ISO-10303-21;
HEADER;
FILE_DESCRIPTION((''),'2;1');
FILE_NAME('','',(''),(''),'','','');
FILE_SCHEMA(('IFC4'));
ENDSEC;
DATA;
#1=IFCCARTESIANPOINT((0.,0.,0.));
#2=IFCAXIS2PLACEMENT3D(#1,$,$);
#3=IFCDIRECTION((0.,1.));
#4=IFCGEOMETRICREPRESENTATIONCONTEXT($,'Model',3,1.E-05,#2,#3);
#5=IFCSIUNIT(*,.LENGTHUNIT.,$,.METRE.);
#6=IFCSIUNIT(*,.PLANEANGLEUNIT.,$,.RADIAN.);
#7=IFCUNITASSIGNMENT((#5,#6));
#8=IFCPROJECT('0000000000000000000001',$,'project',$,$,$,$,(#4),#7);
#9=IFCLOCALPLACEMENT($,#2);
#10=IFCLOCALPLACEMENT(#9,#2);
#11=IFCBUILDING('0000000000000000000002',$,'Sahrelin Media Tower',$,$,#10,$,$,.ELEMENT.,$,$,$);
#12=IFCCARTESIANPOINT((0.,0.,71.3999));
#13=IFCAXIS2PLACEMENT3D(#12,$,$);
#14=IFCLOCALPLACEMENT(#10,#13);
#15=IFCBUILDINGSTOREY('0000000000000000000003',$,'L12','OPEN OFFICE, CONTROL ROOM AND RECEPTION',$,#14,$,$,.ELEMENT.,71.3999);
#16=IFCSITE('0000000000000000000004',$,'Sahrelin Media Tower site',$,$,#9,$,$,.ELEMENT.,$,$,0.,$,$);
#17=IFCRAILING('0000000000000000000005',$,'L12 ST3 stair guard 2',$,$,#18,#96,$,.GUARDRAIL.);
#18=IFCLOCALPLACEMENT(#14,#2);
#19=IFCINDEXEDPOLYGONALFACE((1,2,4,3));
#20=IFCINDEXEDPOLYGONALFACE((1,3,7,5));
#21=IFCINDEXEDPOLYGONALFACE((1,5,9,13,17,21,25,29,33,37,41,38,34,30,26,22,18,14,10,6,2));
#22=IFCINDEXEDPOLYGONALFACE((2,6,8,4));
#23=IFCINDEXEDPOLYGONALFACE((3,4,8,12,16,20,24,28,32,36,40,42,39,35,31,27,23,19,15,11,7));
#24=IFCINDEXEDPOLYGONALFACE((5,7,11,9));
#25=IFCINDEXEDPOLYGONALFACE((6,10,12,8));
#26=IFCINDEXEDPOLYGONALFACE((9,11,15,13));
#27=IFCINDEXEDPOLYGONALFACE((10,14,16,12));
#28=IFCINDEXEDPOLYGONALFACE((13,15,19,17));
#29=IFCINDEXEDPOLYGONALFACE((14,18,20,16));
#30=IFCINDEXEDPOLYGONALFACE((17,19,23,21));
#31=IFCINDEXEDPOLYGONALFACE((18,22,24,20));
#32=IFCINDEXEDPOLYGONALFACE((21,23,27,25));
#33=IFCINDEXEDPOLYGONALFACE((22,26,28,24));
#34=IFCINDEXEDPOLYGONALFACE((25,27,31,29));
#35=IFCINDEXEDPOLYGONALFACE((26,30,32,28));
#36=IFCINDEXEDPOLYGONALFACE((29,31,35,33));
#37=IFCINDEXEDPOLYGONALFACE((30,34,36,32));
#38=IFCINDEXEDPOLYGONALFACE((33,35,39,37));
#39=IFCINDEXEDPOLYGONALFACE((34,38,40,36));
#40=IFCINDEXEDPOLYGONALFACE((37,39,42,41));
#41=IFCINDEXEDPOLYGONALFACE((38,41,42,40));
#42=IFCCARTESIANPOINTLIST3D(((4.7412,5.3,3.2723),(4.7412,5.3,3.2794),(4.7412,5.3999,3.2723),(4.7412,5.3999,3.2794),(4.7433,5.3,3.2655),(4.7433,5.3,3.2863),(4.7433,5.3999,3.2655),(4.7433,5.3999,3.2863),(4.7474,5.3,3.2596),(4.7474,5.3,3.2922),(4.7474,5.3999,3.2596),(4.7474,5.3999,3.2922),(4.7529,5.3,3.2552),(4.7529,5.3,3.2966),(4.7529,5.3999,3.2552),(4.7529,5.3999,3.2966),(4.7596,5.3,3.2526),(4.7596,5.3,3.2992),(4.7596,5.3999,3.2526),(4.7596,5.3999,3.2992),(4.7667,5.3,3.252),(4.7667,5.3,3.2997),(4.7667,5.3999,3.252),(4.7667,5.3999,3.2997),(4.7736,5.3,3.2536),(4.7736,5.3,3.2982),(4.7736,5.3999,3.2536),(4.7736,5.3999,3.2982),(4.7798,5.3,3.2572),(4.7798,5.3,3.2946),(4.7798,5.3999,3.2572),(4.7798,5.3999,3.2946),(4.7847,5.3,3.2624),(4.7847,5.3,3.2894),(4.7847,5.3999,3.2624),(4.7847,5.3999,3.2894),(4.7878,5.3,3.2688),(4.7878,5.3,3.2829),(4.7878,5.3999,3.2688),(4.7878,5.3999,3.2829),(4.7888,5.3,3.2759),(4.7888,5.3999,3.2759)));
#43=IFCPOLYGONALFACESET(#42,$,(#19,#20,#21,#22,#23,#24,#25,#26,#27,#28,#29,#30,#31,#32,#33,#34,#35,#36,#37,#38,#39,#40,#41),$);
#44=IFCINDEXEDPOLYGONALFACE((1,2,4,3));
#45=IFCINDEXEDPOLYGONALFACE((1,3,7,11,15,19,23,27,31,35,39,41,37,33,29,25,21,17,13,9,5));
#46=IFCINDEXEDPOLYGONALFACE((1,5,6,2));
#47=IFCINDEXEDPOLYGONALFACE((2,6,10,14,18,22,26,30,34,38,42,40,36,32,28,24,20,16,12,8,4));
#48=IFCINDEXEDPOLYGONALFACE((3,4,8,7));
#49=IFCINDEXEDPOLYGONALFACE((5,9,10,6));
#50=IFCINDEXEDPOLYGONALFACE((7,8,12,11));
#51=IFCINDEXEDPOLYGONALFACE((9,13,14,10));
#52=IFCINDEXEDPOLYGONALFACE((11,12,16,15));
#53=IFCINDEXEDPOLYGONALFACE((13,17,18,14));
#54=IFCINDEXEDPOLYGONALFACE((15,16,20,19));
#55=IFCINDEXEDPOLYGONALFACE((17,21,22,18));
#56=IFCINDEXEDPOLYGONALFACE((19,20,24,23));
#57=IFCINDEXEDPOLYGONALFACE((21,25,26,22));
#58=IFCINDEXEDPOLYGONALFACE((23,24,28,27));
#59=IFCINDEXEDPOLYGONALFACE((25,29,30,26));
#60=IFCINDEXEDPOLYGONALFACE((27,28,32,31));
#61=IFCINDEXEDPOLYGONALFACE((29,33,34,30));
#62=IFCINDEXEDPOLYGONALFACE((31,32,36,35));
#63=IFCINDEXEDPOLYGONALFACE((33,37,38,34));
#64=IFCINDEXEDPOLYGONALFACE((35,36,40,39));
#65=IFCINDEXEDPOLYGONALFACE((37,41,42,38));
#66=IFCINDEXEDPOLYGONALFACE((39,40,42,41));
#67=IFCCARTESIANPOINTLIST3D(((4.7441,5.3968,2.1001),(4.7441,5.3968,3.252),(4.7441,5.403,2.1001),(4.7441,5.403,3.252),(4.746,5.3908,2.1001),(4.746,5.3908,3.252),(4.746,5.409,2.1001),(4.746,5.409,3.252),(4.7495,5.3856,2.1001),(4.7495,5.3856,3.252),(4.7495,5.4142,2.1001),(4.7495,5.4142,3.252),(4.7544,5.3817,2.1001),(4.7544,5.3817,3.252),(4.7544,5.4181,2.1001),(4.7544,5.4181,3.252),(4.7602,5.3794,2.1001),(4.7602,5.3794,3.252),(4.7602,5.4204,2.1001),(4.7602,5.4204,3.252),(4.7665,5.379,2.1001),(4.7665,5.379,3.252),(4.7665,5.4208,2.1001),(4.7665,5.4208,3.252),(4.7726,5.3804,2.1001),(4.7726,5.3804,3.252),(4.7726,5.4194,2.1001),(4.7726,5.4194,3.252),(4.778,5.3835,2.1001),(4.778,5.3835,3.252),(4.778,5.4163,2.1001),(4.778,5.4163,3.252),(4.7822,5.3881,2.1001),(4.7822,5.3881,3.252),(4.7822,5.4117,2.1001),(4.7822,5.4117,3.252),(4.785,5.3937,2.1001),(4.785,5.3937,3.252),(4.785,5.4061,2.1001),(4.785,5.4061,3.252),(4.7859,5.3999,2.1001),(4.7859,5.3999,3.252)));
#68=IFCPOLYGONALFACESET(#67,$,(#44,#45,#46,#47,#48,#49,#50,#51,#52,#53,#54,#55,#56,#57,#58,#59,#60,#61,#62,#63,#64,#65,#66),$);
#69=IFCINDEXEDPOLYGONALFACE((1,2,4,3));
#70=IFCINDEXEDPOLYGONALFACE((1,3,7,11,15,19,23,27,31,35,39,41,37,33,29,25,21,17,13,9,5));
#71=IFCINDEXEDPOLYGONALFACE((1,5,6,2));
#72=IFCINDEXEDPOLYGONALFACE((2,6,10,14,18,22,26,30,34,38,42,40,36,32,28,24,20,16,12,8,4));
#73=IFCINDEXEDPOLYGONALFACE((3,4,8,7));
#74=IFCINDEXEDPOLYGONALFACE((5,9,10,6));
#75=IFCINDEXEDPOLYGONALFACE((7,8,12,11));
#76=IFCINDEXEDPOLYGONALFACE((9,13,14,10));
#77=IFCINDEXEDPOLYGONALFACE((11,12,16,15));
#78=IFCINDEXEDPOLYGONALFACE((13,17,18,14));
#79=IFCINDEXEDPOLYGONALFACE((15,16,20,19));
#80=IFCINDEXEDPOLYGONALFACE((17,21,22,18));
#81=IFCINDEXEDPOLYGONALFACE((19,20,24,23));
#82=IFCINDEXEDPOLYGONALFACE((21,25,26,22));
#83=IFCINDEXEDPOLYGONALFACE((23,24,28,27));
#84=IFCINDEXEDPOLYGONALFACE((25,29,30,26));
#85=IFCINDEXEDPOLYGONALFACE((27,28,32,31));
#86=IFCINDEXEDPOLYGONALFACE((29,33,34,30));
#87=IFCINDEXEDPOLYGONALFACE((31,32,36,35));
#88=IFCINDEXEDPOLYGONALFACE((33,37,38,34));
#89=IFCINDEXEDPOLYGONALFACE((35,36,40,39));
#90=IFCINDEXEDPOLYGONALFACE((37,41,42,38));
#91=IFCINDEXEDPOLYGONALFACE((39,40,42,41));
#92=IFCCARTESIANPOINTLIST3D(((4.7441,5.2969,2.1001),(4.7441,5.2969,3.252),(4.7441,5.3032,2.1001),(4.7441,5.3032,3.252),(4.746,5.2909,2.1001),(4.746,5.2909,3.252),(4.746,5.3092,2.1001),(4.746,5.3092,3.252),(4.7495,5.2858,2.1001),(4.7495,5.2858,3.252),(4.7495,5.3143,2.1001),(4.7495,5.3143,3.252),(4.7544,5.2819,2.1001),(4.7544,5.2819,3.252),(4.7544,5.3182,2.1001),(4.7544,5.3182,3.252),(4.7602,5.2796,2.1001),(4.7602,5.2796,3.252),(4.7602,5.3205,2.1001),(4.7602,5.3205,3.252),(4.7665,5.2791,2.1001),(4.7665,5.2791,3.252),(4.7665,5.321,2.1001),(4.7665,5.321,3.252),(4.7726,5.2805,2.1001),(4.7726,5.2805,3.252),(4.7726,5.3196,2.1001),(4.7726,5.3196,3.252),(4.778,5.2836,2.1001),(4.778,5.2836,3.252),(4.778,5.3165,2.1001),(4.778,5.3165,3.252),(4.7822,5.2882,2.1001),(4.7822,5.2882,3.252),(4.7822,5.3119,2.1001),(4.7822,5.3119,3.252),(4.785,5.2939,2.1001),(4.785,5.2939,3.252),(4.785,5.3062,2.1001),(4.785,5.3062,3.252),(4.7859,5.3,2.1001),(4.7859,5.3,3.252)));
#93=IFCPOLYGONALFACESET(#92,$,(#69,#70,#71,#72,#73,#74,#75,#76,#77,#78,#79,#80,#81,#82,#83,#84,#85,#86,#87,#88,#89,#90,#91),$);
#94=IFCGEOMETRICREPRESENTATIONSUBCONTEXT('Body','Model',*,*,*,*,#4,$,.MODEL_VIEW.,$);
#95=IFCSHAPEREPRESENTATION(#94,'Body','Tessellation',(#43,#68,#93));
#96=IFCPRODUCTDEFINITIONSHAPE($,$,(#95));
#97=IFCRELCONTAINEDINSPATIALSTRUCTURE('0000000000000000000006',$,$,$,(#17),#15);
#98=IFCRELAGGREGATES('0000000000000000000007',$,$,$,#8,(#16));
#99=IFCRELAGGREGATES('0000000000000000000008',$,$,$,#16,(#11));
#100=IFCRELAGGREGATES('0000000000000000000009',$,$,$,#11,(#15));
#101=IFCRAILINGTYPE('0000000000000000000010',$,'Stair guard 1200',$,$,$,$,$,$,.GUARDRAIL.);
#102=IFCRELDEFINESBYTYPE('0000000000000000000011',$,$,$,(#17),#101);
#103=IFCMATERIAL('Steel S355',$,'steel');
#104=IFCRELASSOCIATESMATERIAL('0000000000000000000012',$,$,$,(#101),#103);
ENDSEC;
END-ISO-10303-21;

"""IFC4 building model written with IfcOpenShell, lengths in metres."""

from ifc_helpers import new_model, si_unit, direction, frame, origin, origin_2d, place, context, subcontext, project, spatial, circle, extrude, material, type_object, element, save


model = new_model("IFC4")

# Units and contexts
model_context = context("Model", 3, precision=1e-05, world=origin(), true_north=direction((0.0, 1.0)))
body_context = subcontext(model_context, "Body", "Model", "MODEL_VIEW")
ifc_project = project(units=[si_unit("LENGTHUNIT", "METRE"), si_unit("PLANEANGLEUNIT", "RADIAN")], contexts=[model_context])

# Site, building, storey
site_placement = place(None, origin())
site = spatial("IfcSite", under=ifc_project, at=site_placement, Name="Sahrelin Media Tower site", CompositionType="ELEMENT", RefElevation=0.0)
building_placement = place(site_placement, origin())
building = spatial("IfcBuilding", under=site, at=building_placement, Name="Sahrelin Media Tower", CompositionType="ELEMENT")
storey_placement = place(building_placement, frame((0.0, 0.0, 71.3999)))
storey = spatial("IfcBuildingStorey", under=building, at=storey_placement, Name="L12", Description="OPEN OFFICE, CONTROL ROOM AND RECEPTION", CompositionType="ELEMENT", Elevation=71.3999)

# Railing
ifc_material_1 = material(Name="Steel S355", Category="steel")
railing_type_1 = type_object("IfcRailingType", Name="Stair guard 1200", PredefinedType="GUARDRAIL", material=ifc_material_1)
railing_1_placement = place(storey_placement, frame((4.7649, 5.3999, 2.1001)))
element("IfcRailing", 1, at=railing_1_placement, inside=storey, type_object=railing_type_1, Name="L12 ST3 stair guard 2", PredefinedType="GUARDRAIL", context=body_context, shape_type="SweptSolid", body=[
    extrude(circle(Radius=0.0239, at=origin_2d()), frame((0.0, 0.0, 1.1758), z_axis=(0.0, -1.0, 0.0), x_axis=(1.0, 0.0, 0.0)), (0.0, 0.0, 1.0), 0.0999),
    extrude(circle(Radius=0.021, at=origin_2d()), origin(), (0.0, 0.0, 1.0), 1.1519),
    extrude(circle(Radius=0.021, at=origin_2d()), frame((0.0, -0.0999, 0.0)), (0.0, 0.0, 1.0), 1.1519),
])

save(model, "model.ifc")
